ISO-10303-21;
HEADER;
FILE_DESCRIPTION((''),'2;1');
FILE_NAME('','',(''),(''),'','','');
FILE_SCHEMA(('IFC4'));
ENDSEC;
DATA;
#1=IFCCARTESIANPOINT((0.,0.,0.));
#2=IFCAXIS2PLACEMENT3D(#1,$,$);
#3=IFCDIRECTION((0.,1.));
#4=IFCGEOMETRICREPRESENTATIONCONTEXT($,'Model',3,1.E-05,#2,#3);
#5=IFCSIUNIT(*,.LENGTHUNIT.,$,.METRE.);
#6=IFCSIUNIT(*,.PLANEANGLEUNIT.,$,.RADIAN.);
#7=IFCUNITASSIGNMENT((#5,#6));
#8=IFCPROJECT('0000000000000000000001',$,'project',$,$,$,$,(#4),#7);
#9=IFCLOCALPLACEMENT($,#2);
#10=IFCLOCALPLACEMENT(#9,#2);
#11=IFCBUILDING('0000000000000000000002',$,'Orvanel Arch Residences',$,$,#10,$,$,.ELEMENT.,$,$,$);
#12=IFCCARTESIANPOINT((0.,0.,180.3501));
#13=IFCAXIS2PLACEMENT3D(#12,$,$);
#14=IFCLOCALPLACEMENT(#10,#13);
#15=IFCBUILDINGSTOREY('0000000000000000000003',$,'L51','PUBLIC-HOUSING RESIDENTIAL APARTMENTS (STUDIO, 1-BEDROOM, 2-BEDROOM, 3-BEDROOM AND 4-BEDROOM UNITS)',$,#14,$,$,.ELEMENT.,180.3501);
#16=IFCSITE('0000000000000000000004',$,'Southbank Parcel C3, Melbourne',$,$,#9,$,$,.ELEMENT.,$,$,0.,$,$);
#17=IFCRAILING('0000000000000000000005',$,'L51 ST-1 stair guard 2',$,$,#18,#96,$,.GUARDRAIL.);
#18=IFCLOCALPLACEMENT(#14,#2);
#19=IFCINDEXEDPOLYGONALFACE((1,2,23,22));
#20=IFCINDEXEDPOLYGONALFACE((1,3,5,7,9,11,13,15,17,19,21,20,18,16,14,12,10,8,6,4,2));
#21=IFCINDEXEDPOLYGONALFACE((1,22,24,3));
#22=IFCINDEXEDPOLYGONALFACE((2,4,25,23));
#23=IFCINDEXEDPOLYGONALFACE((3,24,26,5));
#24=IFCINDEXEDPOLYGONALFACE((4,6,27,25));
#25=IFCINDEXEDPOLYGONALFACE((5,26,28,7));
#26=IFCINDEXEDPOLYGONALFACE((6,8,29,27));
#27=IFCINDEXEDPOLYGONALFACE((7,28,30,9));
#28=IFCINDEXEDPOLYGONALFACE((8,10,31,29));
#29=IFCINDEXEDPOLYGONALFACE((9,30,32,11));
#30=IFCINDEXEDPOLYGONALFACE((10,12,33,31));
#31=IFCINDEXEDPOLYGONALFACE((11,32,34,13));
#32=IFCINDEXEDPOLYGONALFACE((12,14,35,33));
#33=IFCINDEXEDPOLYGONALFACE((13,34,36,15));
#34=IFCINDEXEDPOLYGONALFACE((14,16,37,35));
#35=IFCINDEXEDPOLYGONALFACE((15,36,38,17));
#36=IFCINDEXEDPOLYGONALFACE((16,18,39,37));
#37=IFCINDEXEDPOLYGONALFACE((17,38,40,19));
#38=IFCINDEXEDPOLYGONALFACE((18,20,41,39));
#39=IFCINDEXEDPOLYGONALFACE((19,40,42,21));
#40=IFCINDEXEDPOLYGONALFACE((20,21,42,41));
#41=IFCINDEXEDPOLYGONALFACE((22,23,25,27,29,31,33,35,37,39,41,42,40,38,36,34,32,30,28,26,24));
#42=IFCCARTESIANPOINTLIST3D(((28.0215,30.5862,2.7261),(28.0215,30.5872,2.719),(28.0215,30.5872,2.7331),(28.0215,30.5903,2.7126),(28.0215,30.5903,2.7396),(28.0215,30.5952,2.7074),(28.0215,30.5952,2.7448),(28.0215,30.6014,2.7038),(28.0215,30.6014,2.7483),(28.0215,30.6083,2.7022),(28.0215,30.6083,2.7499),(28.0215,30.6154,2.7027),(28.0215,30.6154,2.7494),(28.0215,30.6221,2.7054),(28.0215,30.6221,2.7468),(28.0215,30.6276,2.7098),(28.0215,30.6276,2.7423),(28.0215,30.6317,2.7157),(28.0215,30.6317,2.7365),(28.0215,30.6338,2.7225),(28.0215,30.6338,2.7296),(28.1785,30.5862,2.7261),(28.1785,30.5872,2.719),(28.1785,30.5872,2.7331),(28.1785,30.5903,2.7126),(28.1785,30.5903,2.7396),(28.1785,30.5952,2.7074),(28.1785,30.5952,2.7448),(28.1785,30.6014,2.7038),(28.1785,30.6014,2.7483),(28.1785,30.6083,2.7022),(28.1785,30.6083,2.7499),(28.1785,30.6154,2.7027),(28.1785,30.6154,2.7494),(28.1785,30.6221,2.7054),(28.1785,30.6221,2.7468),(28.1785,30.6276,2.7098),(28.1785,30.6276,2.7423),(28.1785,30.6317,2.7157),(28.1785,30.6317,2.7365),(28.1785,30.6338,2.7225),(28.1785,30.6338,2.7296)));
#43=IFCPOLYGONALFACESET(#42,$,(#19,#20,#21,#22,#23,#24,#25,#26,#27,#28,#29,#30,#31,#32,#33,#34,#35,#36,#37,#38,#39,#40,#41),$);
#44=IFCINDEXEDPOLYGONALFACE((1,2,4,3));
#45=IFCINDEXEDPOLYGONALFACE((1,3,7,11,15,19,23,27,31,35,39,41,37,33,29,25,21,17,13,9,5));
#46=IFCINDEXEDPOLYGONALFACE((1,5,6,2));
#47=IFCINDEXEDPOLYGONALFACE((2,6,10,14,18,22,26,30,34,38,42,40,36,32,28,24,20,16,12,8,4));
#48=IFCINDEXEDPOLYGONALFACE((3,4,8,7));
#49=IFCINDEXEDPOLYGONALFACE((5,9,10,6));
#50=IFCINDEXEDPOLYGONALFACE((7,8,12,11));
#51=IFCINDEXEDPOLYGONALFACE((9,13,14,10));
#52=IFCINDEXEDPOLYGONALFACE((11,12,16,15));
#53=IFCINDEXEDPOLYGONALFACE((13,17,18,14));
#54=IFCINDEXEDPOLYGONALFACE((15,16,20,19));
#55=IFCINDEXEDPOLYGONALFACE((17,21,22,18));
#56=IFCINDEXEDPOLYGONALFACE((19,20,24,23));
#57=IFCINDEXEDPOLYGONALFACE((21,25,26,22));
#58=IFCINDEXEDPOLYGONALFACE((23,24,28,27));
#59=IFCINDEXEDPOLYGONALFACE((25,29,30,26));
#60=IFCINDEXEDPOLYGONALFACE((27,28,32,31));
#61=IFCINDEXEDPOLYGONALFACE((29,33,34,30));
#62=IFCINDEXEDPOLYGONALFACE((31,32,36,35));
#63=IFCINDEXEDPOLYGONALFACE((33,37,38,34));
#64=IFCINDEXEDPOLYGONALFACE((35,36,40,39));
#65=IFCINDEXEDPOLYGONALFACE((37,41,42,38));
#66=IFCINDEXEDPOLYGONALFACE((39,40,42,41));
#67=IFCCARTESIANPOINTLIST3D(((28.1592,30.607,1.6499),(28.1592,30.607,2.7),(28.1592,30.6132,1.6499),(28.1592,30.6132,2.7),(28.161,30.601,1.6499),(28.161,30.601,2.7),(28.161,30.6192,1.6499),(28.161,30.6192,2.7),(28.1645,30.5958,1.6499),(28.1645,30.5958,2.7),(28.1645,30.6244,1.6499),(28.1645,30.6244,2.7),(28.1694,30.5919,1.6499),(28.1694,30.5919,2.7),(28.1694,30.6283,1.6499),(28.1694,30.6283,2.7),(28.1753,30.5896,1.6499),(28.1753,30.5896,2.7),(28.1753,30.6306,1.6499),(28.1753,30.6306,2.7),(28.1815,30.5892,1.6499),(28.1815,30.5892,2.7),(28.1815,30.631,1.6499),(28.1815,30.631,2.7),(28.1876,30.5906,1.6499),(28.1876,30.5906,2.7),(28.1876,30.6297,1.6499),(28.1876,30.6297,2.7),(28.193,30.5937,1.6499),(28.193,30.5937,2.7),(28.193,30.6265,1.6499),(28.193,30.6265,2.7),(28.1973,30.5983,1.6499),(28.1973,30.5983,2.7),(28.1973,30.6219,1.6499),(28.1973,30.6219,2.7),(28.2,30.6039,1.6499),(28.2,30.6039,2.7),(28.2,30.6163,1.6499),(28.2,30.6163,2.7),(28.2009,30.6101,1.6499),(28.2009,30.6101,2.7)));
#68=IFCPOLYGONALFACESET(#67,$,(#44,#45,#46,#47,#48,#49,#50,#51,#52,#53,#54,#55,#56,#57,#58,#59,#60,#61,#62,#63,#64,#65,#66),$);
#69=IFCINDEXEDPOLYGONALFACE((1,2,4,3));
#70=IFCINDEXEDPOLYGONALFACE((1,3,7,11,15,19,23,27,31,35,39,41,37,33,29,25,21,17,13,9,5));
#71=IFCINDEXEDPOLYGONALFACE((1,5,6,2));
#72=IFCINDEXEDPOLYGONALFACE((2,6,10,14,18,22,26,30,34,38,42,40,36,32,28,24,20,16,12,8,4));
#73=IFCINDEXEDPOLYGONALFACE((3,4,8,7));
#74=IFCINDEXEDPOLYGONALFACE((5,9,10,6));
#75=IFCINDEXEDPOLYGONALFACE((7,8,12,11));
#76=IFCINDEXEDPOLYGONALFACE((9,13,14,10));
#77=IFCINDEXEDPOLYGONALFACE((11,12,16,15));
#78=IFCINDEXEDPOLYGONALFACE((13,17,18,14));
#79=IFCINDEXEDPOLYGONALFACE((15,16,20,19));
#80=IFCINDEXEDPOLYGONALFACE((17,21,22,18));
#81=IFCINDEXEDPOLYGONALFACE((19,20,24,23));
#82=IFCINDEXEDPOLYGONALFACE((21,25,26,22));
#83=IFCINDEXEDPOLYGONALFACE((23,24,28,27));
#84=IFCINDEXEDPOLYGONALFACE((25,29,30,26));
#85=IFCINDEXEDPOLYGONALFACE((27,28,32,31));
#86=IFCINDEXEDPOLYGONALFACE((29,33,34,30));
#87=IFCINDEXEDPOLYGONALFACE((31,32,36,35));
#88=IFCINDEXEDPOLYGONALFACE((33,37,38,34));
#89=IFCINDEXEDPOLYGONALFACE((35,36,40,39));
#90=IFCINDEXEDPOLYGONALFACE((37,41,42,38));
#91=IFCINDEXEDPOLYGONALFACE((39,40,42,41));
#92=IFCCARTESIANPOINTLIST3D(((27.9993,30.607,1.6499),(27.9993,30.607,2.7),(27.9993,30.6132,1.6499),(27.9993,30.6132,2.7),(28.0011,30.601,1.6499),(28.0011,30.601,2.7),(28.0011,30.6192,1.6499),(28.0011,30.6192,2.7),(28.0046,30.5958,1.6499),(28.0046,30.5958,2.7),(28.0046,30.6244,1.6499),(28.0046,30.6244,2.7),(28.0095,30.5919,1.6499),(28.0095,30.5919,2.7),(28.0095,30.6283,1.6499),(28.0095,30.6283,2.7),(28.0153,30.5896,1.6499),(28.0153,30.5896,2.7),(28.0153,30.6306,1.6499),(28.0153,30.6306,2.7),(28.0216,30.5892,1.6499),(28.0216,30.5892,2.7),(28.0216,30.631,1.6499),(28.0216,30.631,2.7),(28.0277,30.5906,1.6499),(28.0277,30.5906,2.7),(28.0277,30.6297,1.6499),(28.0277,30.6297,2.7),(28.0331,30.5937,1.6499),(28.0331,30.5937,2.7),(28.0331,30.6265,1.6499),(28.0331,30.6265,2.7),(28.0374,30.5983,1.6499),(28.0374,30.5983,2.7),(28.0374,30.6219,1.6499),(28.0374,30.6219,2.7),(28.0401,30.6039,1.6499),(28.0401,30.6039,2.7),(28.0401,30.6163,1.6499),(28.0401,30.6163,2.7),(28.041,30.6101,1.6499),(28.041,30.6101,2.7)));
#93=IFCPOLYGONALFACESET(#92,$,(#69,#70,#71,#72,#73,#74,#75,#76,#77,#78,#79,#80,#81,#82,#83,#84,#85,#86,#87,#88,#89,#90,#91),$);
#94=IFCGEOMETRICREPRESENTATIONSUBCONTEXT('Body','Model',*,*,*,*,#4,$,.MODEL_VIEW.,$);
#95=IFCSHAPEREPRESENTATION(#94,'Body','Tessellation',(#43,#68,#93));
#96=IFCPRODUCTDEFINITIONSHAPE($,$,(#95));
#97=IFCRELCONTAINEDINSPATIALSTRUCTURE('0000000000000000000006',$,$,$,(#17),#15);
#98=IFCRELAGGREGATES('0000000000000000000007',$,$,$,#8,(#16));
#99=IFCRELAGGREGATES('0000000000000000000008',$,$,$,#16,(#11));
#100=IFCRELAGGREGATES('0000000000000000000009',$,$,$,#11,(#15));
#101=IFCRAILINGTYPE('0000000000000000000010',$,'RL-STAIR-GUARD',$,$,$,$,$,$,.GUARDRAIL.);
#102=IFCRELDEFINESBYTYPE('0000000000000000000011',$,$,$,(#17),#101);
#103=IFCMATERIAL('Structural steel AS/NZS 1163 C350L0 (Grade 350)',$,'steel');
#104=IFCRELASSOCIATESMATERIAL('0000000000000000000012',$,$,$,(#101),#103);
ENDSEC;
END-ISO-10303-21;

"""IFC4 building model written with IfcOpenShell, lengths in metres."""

from ifc_helpers import new_model, si_unit, direction, frame, origin, origin_2d, place, context, subcontext, project, spatial, circle, extrude, material, type_object, element, save


model = new_model("IFC4")

# Units and contexts
model_context = context("Model", 3, precision=1e-05, world=origin(), true_north=direction((0.0, 1.0)))
body_context = subcontext(model_context, "Body", "Model", "MODEL_VIEW")
ifc_project = project(units=[si_unit("LENGTHUNIT", "METRE"), si_unit("PLANEANGLEUNIT", "RADIAN")], contexts=[model_context])

# Site, building, storey
site_placement = place(None, origin())
site = spatial("IfcSite", under=ifc_project, at=site_placement, Name="Southbank Parcel C3, Melbourne", CompositionType="ELEMENT", RefElevation=0.0)
building_placement = place(site_placement, origin())
building = spatial("IfcBuilding", under=site, at=building_placement, Name="Orvanel Arch Residences", CompositionType="ELEMENT")
storey_placement = place(building_placement, frame((0.0, 0.0, 180.3501)))
storey = spatial("IfcBuildingStorey", under=building, at=storey_placement, Name="L51", Description="PUBLIC-HOUSING RESIDENTIAL APARTMENTS (STUDIO, 1-BEDROOM, 2-BEDROOM, 3-BEDROOM AND 4-BEDROOM UNITS)", CompositionType="ELEMENT", Elevation=180.3501)

# Railing
ifc_material_1 = material(Name="Structural steel AS/NZS 1163 C350L0 (Grade 350)", Category="steel")
railing_type_1 = type_object("IfcRailingType", Name="RL-STAIR-GUARD", PredefinedType="GUARDRAIL", material=ifc_material_1)
railing_1_placement = place(storey_placement, frame((28.1799, 30.6101, 1.6499)))
element("IfcRailing", 1, at=railing_1_placement, inside=storey, type_object=railing_type_1, Name="L51 ST-1 stair guard 2", PredefinedType="GUARDRAIL", context=body_context, shape_type="SweptSolid", body=[
    extrude(circle(Radius=0.0239, at=origin_2d()), frame((-0.0015, 0.0, 1.0762), z_axis=(-1.0, 0.0, 0.0), x_axis=(0.0, -1.0, 0.0)), (0.0, 0.0, 1.0), 0.157),
    extrude(circle(Radius=0.021, at=origin_2d()), origin(), (0.0, 0.0, 1.0), 1.05),
    extrude(circle(Radius=0.021, at=origin_2d()), frame((-0.1599, 0.0, 0.0)), (0.0, 0.0, 1.0), 1.05),
])

save(model, "model.ifc")
